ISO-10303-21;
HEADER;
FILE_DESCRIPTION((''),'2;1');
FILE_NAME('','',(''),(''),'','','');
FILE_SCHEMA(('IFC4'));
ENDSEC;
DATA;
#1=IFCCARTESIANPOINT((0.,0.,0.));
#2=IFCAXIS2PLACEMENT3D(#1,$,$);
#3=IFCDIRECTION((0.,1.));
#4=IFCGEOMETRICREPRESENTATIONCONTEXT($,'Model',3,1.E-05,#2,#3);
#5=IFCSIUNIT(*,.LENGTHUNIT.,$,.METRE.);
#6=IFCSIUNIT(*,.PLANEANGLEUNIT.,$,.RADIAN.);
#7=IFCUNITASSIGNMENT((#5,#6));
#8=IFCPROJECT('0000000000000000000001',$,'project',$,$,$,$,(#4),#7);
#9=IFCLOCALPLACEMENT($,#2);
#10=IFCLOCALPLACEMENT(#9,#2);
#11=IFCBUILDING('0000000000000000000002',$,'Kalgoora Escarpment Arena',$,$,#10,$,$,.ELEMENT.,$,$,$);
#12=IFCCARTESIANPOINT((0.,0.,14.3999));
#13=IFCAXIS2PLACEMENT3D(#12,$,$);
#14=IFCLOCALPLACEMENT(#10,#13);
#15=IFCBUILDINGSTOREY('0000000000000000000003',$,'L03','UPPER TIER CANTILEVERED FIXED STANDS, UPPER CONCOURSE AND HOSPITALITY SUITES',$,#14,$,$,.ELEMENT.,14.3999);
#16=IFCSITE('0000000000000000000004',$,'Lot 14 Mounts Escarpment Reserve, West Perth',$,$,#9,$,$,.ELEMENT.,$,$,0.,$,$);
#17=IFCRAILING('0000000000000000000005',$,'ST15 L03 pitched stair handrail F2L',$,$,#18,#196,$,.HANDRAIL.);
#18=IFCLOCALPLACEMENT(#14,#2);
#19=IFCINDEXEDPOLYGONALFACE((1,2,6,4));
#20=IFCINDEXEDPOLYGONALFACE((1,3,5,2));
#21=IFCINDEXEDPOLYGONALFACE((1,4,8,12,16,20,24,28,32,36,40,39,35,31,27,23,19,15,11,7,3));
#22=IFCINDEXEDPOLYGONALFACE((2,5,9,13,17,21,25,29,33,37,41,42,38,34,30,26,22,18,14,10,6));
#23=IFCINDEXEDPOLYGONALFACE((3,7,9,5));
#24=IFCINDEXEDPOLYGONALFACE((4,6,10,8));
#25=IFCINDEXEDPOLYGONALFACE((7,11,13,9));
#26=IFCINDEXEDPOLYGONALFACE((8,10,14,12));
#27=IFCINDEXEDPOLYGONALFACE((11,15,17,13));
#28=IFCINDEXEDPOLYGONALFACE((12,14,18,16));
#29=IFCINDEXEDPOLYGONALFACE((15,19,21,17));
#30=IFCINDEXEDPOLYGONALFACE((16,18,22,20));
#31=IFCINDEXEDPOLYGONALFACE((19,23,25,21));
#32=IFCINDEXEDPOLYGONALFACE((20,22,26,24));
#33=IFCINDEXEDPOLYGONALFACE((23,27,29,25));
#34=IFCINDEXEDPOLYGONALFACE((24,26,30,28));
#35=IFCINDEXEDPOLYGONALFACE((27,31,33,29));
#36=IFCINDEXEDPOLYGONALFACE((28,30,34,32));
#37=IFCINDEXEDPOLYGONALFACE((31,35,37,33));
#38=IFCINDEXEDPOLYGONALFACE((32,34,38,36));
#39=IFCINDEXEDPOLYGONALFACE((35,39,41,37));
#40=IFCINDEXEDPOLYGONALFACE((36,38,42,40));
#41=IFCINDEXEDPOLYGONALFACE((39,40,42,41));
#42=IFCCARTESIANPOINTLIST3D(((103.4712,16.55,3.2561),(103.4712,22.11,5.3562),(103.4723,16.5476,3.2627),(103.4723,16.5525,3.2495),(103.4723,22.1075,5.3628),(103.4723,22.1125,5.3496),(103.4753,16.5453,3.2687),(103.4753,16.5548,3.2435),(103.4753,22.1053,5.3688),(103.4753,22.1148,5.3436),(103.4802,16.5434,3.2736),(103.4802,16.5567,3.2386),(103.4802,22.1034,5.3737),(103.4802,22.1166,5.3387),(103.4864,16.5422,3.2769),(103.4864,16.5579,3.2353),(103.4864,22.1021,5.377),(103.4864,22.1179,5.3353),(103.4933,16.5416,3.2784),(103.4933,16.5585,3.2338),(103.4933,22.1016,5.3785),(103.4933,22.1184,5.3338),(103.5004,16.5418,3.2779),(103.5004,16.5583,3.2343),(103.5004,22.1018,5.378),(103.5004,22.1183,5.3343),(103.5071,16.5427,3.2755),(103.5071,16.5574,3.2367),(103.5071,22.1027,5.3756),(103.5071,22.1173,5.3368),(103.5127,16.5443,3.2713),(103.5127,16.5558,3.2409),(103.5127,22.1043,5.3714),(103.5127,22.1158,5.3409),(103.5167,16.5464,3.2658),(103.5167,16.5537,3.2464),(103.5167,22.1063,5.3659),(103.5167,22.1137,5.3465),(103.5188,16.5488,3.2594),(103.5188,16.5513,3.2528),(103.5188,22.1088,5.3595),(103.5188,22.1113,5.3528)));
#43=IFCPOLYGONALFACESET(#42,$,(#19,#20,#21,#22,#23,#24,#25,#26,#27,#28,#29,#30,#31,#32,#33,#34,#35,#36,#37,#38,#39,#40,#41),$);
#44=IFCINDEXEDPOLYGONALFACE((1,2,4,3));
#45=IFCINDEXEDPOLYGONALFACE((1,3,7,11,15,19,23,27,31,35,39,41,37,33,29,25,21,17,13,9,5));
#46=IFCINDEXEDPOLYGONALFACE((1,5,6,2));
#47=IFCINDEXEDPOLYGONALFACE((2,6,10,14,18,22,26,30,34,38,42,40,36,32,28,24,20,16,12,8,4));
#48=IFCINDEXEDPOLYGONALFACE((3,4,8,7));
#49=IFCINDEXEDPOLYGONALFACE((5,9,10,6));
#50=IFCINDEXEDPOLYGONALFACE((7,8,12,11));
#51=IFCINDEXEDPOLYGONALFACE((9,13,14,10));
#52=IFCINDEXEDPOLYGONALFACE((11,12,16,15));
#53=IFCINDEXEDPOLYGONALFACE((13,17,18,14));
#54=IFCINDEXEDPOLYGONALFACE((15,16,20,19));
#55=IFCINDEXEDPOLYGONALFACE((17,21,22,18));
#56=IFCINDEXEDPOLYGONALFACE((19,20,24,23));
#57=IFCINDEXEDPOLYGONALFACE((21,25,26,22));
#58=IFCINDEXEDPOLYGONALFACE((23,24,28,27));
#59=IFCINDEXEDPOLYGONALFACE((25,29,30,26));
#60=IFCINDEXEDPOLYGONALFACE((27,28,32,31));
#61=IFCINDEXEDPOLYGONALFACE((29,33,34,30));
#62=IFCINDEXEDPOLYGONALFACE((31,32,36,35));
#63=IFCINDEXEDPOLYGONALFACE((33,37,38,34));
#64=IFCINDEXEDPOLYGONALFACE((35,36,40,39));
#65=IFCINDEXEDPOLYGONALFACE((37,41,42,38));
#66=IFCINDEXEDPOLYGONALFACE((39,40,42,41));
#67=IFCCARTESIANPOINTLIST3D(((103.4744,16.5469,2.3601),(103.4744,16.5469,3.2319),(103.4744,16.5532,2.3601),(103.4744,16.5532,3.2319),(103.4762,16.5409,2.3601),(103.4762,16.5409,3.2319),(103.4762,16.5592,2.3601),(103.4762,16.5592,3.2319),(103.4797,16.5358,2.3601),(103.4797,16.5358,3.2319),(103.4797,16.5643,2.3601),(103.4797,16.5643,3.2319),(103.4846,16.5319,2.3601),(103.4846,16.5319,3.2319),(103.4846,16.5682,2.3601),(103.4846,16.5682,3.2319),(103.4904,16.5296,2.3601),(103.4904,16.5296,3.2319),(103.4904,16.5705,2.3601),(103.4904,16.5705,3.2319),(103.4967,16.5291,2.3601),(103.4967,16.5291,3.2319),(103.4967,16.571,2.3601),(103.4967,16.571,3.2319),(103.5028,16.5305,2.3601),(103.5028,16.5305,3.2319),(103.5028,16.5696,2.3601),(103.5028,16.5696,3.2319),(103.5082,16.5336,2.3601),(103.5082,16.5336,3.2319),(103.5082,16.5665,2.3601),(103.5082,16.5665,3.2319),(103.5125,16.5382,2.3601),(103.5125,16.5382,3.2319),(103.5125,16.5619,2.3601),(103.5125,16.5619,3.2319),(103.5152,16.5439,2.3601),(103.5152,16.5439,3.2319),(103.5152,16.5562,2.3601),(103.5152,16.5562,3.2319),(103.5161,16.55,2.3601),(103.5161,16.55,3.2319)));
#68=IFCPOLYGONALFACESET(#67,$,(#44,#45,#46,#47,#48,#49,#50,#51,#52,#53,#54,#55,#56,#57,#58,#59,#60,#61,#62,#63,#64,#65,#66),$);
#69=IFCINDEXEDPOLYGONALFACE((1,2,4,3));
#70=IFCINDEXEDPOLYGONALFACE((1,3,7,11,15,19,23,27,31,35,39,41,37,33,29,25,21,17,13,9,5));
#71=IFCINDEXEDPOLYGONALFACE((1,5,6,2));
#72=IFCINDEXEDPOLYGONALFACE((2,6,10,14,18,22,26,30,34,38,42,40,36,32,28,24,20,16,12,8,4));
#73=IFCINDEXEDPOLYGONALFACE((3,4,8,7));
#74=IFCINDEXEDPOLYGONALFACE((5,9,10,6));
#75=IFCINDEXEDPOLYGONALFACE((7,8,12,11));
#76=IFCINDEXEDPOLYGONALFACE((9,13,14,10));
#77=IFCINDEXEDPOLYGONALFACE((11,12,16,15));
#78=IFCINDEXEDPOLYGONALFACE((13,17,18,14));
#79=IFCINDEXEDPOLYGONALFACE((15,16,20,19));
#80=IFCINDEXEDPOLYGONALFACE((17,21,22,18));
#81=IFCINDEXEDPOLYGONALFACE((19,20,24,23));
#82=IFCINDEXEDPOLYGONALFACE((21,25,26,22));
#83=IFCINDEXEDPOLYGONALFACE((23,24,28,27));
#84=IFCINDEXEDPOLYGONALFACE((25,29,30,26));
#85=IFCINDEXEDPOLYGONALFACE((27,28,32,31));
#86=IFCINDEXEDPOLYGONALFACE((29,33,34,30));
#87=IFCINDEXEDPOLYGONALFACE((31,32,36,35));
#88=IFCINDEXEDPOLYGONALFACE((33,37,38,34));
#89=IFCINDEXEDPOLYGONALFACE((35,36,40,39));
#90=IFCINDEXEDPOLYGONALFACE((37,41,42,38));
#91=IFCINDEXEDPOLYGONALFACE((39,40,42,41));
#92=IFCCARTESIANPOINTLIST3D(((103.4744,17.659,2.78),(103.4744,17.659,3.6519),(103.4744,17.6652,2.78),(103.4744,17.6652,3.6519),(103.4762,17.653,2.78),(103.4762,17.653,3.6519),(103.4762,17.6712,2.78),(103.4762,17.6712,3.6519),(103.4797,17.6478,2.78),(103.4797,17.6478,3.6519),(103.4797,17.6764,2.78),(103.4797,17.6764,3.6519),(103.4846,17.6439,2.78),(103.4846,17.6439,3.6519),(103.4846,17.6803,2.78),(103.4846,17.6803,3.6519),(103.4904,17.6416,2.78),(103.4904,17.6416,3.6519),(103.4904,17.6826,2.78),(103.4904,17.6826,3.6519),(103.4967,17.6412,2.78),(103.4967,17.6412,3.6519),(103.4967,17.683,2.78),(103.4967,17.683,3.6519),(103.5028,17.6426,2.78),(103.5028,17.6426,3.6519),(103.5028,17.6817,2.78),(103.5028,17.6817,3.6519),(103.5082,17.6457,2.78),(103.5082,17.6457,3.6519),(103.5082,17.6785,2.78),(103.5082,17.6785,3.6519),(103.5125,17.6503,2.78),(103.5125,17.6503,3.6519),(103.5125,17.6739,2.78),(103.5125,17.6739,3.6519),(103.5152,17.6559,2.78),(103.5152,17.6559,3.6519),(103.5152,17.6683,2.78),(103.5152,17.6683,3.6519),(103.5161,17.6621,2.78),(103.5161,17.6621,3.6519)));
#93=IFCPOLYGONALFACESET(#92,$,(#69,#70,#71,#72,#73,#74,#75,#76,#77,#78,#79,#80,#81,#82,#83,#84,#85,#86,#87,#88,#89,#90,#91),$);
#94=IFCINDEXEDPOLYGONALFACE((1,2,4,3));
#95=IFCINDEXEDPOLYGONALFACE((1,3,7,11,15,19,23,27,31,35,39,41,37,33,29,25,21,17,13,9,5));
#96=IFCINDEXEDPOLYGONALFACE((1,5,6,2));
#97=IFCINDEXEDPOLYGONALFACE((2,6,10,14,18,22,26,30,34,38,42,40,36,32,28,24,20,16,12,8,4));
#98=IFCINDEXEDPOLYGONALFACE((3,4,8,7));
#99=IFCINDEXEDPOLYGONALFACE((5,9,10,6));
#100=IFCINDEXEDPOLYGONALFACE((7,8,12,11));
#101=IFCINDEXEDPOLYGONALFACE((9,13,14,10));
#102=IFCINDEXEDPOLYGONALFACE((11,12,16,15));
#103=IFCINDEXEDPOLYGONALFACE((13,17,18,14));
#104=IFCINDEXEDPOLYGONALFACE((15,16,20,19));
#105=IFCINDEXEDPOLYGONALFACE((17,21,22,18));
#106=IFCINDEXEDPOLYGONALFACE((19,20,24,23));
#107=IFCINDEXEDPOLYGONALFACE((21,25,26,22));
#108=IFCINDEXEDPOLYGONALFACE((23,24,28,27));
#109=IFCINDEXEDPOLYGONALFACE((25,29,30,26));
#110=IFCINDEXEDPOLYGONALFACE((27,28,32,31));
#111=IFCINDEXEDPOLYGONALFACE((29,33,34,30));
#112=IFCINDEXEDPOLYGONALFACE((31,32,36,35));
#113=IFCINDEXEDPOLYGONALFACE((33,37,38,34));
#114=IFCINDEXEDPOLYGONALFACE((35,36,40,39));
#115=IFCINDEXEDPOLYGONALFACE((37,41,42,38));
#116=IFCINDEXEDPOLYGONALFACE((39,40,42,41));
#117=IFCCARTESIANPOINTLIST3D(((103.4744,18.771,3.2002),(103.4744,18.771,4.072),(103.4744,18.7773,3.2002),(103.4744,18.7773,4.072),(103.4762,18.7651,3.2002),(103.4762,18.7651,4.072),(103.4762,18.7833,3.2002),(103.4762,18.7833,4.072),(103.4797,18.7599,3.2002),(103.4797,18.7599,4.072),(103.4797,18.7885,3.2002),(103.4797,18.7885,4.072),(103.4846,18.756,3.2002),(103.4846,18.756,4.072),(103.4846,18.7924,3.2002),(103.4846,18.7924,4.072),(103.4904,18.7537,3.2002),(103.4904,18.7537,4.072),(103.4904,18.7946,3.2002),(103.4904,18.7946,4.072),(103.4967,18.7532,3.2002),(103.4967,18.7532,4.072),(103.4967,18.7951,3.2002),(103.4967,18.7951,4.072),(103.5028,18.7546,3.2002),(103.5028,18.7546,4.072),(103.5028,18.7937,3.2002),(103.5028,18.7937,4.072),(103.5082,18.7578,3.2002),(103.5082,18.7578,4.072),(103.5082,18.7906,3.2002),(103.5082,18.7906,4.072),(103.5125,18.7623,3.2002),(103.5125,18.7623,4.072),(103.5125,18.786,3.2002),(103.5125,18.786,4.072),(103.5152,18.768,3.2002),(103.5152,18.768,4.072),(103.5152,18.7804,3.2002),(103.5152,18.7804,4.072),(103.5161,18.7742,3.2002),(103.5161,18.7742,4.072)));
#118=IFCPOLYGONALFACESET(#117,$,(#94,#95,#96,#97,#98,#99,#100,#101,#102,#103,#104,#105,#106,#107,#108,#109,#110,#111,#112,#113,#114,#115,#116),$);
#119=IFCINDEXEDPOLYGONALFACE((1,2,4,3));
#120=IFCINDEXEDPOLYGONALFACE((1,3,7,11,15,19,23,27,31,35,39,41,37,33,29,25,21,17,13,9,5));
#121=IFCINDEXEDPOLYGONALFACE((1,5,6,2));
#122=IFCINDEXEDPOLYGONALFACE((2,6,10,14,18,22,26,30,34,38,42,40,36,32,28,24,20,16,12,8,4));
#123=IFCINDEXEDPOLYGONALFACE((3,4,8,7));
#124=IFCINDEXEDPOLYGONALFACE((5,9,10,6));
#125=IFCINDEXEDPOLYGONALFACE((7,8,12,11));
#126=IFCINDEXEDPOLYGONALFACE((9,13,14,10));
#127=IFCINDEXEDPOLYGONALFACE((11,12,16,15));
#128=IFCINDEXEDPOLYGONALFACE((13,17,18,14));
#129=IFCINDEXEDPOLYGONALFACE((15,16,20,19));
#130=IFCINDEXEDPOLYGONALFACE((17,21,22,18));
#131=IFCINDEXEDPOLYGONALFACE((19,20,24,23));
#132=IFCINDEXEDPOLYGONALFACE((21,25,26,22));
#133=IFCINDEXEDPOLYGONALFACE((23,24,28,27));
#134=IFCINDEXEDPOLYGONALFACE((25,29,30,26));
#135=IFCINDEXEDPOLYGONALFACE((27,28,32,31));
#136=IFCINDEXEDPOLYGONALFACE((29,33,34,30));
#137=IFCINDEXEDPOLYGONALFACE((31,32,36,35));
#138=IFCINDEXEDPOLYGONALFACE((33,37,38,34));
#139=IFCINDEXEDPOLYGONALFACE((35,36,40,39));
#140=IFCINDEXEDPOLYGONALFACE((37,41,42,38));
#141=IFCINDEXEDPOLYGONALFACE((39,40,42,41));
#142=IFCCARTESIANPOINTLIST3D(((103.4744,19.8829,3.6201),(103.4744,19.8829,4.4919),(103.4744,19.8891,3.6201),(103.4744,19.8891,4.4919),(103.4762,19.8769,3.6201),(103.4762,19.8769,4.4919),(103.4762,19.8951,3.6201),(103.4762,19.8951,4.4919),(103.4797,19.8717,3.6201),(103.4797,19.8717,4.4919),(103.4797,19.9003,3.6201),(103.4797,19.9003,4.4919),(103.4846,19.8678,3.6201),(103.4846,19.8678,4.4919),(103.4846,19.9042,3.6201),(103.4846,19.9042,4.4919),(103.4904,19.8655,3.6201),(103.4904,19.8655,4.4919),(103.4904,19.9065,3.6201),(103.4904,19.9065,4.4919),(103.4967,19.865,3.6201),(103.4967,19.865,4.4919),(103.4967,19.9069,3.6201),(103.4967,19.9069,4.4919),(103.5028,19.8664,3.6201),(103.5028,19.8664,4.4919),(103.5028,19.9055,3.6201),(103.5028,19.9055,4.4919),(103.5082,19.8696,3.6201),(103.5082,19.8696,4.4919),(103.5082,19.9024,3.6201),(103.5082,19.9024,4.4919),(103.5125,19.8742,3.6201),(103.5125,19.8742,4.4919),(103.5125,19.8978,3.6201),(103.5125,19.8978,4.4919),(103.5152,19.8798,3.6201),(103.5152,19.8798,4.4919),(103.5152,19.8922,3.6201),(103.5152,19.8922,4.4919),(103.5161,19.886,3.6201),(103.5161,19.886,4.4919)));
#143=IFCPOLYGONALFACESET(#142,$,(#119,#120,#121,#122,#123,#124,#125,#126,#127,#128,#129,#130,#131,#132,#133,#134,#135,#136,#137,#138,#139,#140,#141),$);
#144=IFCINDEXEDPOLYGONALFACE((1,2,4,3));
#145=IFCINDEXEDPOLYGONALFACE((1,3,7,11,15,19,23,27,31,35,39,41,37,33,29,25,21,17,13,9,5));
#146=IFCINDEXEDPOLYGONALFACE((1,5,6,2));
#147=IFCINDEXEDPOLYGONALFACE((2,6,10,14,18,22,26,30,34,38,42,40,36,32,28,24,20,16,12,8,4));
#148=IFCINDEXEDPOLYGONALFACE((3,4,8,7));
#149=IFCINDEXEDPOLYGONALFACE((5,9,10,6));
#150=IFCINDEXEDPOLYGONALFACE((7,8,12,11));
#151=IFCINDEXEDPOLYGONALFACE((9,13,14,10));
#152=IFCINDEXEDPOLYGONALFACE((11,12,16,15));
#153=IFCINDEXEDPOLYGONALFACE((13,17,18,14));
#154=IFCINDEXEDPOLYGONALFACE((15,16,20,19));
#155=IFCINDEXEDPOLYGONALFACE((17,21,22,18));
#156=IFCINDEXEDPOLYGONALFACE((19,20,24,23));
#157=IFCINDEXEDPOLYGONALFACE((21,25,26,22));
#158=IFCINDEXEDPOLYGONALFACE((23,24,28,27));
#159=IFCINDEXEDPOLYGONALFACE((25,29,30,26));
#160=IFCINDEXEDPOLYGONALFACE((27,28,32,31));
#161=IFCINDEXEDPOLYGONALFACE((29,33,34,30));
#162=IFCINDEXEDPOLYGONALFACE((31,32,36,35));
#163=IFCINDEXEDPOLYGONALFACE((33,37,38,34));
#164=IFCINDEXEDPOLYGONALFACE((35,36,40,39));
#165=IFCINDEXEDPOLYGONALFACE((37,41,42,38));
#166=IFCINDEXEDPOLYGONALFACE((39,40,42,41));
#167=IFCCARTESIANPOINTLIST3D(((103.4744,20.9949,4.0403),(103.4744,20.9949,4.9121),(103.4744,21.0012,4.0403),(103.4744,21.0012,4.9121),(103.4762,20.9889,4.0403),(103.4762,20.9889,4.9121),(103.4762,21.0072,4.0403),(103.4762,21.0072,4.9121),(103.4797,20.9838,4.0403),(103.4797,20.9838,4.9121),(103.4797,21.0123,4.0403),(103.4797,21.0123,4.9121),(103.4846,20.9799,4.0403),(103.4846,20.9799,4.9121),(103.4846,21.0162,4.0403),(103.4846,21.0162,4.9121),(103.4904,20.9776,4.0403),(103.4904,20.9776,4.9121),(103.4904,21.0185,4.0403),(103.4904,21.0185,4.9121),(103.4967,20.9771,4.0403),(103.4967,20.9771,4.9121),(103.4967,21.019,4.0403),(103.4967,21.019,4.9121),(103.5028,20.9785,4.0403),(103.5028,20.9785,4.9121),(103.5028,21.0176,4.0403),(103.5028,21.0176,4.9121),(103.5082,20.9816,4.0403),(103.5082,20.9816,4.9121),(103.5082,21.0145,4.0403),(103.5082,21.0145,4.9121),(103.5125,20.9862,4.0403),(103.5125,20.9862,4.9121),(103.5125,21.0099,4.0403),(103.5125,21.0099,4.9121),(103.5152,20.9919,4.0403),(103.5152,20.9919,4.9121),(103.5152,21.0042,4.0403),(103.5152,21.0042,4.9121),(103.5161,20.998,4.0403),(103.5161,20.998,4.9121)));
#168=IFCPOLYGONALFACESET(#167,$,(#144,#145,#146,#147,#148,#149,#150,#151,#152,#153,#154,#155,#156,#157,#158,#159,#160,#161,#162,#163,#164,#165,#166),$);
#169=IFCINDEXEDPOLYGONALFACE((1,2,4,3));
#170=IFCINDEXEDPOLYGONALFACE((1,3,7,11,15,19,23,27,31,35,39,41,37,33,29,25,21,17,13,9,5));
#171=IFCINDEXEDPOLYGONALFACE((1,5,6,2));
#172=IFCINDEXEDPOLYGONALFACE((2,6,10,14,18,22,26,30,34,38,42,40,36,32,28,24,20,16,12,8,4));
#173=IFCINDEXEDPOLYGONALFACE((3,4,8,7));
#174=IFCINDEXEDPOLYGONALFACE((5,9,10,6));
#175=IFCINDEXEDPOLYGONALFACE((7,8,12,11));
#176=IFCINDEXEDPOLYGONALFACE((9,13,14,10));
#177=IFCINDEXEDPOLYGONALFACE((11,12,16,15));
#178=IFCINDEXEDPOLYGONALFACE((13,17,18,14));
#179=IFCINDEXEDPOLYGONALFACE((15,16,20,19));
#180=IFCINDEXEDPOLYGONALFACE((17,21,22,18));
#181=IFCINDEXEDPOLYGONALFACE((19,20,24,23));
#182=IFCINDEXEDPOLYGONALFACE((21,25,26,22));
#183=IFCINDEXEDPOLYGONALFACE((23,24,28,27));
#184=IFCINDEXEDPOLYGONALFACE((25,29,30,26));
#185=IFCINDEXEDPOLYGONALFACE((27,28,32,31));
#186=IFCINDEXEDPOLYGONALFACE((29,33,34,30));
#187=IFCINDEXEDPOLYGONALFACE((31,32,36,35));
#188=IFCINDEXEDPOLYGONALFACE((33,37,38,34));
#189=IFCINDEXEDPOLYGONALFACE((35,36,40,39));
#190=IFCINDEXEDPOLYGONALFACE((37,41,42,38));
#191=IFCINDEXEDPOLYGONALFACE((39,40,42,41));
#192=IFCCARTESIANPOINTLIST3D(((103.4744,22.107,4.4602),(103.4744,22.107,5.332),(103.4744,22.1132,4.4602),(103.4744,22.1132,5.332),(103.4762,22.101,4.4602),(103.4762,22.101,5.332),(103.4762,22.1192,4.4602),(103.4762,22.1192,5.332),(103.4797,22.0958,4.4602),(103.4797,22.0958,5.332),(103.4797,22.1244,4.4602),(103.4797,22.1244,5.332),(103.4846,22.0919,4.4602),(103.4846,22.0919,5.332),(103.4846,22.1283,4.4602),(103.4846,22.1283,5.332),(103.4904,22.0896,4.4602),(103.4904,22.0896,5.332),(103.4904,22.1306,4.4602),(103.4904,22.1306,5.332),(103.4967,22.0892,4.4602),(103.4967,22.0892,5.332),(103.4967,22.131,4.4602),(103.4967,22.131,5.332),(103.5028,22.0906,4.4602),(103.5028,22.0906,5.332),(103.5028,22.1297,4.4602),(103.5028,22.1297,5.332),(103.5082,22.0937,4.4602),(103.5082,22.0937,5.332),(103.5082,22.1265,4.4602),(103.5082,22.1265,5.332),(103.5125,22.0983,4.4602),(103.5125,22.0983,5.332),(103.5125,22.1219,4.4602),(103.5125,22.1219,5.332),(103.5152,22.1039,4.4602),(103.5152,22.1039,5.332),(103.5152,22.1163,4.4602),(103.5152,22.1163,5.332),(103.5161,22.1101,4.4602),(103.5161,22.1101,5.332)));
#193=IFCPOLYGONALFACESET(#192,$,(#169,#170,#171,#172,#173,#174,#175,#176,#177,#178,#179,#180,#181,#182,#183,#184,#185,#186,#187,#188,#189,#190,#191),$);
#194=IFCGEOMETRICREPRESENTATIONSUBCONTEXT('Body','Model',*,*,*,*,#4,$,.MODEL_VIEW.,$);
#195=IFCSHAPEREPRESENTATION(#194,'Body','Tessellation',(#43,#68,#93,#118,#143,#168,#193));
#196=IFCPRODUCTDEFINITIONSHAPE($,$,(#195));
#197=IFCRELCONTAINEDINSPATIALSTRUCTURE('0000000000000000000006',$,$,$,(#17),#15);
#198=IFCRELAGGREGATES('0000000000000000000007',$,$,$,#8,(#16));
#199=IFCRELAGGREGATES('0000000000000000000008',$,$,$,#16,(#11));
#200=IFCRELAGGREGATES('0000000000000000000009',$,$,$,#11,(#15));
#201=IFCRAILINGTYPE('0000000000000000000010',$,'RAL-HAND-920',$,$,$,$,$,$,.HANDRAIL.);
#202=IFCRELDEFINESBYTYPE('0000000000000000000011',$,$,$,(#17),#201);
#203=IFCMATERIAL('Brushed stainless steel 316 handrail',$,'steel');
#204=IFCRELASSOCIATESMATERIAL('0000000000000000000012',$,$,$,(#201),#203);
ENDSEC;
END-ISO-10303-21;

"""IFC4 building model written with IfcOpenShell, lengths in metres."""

from ifc_helpers import new_model, si_unit, direction, frame, origin, origin_2d, place, context, subcontext, project, spatial, circle, extrude, material, type_object, element, save


model = new_model("IFC4")

# Units and contexts
model_context = context("Model", 3, precision=1e-05, world=origin(), true_north=direction((0.0, 1.0)))
body_context = subcontext(model_context, "Body", "Model", "MODEL_VIEW")
ifc_project = project(units=[si_unit("LENGTHUNIT", "METRE"), si_unit("PLANEANGLEUNIT", "RADIAN")], contexts=[model_context])

# Site, building, storey
site_placement = place(None, origin())
site = spatial("IfcSite", under=ifc_project, at=site_placement, Name="Lot 14 Mounts Escarpment Reserve, West Perth", CompositionType="ELEMENT", RefElevation=0.0)
building_placement = place(site_placement, origin())
building = spatial("IfcBuilding", under=site, at=building_placement, Name="Kalgoora Escarpment Arena", CompositionType="ELEMENT")
storey_placement = place(building_placement, frame((0.0, 0.0, 14.3999)))
storey = spatial("IfcBuildingStorey", under=building, at=storey_placement, Name="L03", Description="UPPER TIER CANTILEVERED FIXED STANDS, UPPER CONCOURSE AND HOSPITALITY SUITES", CompositionType="ELEMENT", Elevation=14.3999)

# Railing
ifc_material_1 = material(Name="Brushed stainless steel 316 handrail", Category="steel")
railing_type_1 = type_object("IfcRailingType", Name="RAL-HAND-920", PredefinedType="HANDRAIL", material=ifc_material_1)
for number, where, name in (
    (1, (103.4951, 16.55, 2.3601), "ST15 L03 pitched stair handrail F2L"),
):
    element("IfcRailing", number, at=place(storey_placement, frame(where)), inside=storey, type_object=railing_type_1, Name=name, PredefinedType="HANDRAIL", context=body_context, shape_type="SweptSolid", body=[
        extrude(circle(Radius=0.0239, at=origin_2d()), frame((0.0, 0.0, 0.896), z_axis=(0.0, 0.935493, 0.353346), x_axis=(-1.0, 0.0, 0.0)), (0.0, 0.0, 1.0), 5.9434),
        extrude(circle(Radius=0.021, at=origin_2d()), origin(), (0.0, 0.0, 1.0), 0.8718),
        extrude(circle(Radius=0.021, at=origin_2d()), frame((0.0, 1.1121, 0.4199)), (0.0, 0.0, 1.0), 0.8718),
        extrude(circle(Radius=0.021, at=origin_2d()), frame((0.0, 2.2241, 0.8401)), (0.0, 0.0, 1.0), 0.8718),
        extrude(circle(Radius=0.021, at=origin_2d()), frame((0.0, 3.3359, 1.26)), (0.0, 0.0, 1.0), 0.8718),
        extrude(circle(Radius=0.021, at=origin_2d()), frame((0.0, 4.448, 1.6802)), (0.0, 0.0, 1.0), 0.8718),
        extrude(circle(Radius=0.021, at=origin_2d()), frame((0.0, 5.5601, 2.1001)), (0.0, 0.0, 1.0), 0.8718),
    ])

save(model, "model.ifc")
